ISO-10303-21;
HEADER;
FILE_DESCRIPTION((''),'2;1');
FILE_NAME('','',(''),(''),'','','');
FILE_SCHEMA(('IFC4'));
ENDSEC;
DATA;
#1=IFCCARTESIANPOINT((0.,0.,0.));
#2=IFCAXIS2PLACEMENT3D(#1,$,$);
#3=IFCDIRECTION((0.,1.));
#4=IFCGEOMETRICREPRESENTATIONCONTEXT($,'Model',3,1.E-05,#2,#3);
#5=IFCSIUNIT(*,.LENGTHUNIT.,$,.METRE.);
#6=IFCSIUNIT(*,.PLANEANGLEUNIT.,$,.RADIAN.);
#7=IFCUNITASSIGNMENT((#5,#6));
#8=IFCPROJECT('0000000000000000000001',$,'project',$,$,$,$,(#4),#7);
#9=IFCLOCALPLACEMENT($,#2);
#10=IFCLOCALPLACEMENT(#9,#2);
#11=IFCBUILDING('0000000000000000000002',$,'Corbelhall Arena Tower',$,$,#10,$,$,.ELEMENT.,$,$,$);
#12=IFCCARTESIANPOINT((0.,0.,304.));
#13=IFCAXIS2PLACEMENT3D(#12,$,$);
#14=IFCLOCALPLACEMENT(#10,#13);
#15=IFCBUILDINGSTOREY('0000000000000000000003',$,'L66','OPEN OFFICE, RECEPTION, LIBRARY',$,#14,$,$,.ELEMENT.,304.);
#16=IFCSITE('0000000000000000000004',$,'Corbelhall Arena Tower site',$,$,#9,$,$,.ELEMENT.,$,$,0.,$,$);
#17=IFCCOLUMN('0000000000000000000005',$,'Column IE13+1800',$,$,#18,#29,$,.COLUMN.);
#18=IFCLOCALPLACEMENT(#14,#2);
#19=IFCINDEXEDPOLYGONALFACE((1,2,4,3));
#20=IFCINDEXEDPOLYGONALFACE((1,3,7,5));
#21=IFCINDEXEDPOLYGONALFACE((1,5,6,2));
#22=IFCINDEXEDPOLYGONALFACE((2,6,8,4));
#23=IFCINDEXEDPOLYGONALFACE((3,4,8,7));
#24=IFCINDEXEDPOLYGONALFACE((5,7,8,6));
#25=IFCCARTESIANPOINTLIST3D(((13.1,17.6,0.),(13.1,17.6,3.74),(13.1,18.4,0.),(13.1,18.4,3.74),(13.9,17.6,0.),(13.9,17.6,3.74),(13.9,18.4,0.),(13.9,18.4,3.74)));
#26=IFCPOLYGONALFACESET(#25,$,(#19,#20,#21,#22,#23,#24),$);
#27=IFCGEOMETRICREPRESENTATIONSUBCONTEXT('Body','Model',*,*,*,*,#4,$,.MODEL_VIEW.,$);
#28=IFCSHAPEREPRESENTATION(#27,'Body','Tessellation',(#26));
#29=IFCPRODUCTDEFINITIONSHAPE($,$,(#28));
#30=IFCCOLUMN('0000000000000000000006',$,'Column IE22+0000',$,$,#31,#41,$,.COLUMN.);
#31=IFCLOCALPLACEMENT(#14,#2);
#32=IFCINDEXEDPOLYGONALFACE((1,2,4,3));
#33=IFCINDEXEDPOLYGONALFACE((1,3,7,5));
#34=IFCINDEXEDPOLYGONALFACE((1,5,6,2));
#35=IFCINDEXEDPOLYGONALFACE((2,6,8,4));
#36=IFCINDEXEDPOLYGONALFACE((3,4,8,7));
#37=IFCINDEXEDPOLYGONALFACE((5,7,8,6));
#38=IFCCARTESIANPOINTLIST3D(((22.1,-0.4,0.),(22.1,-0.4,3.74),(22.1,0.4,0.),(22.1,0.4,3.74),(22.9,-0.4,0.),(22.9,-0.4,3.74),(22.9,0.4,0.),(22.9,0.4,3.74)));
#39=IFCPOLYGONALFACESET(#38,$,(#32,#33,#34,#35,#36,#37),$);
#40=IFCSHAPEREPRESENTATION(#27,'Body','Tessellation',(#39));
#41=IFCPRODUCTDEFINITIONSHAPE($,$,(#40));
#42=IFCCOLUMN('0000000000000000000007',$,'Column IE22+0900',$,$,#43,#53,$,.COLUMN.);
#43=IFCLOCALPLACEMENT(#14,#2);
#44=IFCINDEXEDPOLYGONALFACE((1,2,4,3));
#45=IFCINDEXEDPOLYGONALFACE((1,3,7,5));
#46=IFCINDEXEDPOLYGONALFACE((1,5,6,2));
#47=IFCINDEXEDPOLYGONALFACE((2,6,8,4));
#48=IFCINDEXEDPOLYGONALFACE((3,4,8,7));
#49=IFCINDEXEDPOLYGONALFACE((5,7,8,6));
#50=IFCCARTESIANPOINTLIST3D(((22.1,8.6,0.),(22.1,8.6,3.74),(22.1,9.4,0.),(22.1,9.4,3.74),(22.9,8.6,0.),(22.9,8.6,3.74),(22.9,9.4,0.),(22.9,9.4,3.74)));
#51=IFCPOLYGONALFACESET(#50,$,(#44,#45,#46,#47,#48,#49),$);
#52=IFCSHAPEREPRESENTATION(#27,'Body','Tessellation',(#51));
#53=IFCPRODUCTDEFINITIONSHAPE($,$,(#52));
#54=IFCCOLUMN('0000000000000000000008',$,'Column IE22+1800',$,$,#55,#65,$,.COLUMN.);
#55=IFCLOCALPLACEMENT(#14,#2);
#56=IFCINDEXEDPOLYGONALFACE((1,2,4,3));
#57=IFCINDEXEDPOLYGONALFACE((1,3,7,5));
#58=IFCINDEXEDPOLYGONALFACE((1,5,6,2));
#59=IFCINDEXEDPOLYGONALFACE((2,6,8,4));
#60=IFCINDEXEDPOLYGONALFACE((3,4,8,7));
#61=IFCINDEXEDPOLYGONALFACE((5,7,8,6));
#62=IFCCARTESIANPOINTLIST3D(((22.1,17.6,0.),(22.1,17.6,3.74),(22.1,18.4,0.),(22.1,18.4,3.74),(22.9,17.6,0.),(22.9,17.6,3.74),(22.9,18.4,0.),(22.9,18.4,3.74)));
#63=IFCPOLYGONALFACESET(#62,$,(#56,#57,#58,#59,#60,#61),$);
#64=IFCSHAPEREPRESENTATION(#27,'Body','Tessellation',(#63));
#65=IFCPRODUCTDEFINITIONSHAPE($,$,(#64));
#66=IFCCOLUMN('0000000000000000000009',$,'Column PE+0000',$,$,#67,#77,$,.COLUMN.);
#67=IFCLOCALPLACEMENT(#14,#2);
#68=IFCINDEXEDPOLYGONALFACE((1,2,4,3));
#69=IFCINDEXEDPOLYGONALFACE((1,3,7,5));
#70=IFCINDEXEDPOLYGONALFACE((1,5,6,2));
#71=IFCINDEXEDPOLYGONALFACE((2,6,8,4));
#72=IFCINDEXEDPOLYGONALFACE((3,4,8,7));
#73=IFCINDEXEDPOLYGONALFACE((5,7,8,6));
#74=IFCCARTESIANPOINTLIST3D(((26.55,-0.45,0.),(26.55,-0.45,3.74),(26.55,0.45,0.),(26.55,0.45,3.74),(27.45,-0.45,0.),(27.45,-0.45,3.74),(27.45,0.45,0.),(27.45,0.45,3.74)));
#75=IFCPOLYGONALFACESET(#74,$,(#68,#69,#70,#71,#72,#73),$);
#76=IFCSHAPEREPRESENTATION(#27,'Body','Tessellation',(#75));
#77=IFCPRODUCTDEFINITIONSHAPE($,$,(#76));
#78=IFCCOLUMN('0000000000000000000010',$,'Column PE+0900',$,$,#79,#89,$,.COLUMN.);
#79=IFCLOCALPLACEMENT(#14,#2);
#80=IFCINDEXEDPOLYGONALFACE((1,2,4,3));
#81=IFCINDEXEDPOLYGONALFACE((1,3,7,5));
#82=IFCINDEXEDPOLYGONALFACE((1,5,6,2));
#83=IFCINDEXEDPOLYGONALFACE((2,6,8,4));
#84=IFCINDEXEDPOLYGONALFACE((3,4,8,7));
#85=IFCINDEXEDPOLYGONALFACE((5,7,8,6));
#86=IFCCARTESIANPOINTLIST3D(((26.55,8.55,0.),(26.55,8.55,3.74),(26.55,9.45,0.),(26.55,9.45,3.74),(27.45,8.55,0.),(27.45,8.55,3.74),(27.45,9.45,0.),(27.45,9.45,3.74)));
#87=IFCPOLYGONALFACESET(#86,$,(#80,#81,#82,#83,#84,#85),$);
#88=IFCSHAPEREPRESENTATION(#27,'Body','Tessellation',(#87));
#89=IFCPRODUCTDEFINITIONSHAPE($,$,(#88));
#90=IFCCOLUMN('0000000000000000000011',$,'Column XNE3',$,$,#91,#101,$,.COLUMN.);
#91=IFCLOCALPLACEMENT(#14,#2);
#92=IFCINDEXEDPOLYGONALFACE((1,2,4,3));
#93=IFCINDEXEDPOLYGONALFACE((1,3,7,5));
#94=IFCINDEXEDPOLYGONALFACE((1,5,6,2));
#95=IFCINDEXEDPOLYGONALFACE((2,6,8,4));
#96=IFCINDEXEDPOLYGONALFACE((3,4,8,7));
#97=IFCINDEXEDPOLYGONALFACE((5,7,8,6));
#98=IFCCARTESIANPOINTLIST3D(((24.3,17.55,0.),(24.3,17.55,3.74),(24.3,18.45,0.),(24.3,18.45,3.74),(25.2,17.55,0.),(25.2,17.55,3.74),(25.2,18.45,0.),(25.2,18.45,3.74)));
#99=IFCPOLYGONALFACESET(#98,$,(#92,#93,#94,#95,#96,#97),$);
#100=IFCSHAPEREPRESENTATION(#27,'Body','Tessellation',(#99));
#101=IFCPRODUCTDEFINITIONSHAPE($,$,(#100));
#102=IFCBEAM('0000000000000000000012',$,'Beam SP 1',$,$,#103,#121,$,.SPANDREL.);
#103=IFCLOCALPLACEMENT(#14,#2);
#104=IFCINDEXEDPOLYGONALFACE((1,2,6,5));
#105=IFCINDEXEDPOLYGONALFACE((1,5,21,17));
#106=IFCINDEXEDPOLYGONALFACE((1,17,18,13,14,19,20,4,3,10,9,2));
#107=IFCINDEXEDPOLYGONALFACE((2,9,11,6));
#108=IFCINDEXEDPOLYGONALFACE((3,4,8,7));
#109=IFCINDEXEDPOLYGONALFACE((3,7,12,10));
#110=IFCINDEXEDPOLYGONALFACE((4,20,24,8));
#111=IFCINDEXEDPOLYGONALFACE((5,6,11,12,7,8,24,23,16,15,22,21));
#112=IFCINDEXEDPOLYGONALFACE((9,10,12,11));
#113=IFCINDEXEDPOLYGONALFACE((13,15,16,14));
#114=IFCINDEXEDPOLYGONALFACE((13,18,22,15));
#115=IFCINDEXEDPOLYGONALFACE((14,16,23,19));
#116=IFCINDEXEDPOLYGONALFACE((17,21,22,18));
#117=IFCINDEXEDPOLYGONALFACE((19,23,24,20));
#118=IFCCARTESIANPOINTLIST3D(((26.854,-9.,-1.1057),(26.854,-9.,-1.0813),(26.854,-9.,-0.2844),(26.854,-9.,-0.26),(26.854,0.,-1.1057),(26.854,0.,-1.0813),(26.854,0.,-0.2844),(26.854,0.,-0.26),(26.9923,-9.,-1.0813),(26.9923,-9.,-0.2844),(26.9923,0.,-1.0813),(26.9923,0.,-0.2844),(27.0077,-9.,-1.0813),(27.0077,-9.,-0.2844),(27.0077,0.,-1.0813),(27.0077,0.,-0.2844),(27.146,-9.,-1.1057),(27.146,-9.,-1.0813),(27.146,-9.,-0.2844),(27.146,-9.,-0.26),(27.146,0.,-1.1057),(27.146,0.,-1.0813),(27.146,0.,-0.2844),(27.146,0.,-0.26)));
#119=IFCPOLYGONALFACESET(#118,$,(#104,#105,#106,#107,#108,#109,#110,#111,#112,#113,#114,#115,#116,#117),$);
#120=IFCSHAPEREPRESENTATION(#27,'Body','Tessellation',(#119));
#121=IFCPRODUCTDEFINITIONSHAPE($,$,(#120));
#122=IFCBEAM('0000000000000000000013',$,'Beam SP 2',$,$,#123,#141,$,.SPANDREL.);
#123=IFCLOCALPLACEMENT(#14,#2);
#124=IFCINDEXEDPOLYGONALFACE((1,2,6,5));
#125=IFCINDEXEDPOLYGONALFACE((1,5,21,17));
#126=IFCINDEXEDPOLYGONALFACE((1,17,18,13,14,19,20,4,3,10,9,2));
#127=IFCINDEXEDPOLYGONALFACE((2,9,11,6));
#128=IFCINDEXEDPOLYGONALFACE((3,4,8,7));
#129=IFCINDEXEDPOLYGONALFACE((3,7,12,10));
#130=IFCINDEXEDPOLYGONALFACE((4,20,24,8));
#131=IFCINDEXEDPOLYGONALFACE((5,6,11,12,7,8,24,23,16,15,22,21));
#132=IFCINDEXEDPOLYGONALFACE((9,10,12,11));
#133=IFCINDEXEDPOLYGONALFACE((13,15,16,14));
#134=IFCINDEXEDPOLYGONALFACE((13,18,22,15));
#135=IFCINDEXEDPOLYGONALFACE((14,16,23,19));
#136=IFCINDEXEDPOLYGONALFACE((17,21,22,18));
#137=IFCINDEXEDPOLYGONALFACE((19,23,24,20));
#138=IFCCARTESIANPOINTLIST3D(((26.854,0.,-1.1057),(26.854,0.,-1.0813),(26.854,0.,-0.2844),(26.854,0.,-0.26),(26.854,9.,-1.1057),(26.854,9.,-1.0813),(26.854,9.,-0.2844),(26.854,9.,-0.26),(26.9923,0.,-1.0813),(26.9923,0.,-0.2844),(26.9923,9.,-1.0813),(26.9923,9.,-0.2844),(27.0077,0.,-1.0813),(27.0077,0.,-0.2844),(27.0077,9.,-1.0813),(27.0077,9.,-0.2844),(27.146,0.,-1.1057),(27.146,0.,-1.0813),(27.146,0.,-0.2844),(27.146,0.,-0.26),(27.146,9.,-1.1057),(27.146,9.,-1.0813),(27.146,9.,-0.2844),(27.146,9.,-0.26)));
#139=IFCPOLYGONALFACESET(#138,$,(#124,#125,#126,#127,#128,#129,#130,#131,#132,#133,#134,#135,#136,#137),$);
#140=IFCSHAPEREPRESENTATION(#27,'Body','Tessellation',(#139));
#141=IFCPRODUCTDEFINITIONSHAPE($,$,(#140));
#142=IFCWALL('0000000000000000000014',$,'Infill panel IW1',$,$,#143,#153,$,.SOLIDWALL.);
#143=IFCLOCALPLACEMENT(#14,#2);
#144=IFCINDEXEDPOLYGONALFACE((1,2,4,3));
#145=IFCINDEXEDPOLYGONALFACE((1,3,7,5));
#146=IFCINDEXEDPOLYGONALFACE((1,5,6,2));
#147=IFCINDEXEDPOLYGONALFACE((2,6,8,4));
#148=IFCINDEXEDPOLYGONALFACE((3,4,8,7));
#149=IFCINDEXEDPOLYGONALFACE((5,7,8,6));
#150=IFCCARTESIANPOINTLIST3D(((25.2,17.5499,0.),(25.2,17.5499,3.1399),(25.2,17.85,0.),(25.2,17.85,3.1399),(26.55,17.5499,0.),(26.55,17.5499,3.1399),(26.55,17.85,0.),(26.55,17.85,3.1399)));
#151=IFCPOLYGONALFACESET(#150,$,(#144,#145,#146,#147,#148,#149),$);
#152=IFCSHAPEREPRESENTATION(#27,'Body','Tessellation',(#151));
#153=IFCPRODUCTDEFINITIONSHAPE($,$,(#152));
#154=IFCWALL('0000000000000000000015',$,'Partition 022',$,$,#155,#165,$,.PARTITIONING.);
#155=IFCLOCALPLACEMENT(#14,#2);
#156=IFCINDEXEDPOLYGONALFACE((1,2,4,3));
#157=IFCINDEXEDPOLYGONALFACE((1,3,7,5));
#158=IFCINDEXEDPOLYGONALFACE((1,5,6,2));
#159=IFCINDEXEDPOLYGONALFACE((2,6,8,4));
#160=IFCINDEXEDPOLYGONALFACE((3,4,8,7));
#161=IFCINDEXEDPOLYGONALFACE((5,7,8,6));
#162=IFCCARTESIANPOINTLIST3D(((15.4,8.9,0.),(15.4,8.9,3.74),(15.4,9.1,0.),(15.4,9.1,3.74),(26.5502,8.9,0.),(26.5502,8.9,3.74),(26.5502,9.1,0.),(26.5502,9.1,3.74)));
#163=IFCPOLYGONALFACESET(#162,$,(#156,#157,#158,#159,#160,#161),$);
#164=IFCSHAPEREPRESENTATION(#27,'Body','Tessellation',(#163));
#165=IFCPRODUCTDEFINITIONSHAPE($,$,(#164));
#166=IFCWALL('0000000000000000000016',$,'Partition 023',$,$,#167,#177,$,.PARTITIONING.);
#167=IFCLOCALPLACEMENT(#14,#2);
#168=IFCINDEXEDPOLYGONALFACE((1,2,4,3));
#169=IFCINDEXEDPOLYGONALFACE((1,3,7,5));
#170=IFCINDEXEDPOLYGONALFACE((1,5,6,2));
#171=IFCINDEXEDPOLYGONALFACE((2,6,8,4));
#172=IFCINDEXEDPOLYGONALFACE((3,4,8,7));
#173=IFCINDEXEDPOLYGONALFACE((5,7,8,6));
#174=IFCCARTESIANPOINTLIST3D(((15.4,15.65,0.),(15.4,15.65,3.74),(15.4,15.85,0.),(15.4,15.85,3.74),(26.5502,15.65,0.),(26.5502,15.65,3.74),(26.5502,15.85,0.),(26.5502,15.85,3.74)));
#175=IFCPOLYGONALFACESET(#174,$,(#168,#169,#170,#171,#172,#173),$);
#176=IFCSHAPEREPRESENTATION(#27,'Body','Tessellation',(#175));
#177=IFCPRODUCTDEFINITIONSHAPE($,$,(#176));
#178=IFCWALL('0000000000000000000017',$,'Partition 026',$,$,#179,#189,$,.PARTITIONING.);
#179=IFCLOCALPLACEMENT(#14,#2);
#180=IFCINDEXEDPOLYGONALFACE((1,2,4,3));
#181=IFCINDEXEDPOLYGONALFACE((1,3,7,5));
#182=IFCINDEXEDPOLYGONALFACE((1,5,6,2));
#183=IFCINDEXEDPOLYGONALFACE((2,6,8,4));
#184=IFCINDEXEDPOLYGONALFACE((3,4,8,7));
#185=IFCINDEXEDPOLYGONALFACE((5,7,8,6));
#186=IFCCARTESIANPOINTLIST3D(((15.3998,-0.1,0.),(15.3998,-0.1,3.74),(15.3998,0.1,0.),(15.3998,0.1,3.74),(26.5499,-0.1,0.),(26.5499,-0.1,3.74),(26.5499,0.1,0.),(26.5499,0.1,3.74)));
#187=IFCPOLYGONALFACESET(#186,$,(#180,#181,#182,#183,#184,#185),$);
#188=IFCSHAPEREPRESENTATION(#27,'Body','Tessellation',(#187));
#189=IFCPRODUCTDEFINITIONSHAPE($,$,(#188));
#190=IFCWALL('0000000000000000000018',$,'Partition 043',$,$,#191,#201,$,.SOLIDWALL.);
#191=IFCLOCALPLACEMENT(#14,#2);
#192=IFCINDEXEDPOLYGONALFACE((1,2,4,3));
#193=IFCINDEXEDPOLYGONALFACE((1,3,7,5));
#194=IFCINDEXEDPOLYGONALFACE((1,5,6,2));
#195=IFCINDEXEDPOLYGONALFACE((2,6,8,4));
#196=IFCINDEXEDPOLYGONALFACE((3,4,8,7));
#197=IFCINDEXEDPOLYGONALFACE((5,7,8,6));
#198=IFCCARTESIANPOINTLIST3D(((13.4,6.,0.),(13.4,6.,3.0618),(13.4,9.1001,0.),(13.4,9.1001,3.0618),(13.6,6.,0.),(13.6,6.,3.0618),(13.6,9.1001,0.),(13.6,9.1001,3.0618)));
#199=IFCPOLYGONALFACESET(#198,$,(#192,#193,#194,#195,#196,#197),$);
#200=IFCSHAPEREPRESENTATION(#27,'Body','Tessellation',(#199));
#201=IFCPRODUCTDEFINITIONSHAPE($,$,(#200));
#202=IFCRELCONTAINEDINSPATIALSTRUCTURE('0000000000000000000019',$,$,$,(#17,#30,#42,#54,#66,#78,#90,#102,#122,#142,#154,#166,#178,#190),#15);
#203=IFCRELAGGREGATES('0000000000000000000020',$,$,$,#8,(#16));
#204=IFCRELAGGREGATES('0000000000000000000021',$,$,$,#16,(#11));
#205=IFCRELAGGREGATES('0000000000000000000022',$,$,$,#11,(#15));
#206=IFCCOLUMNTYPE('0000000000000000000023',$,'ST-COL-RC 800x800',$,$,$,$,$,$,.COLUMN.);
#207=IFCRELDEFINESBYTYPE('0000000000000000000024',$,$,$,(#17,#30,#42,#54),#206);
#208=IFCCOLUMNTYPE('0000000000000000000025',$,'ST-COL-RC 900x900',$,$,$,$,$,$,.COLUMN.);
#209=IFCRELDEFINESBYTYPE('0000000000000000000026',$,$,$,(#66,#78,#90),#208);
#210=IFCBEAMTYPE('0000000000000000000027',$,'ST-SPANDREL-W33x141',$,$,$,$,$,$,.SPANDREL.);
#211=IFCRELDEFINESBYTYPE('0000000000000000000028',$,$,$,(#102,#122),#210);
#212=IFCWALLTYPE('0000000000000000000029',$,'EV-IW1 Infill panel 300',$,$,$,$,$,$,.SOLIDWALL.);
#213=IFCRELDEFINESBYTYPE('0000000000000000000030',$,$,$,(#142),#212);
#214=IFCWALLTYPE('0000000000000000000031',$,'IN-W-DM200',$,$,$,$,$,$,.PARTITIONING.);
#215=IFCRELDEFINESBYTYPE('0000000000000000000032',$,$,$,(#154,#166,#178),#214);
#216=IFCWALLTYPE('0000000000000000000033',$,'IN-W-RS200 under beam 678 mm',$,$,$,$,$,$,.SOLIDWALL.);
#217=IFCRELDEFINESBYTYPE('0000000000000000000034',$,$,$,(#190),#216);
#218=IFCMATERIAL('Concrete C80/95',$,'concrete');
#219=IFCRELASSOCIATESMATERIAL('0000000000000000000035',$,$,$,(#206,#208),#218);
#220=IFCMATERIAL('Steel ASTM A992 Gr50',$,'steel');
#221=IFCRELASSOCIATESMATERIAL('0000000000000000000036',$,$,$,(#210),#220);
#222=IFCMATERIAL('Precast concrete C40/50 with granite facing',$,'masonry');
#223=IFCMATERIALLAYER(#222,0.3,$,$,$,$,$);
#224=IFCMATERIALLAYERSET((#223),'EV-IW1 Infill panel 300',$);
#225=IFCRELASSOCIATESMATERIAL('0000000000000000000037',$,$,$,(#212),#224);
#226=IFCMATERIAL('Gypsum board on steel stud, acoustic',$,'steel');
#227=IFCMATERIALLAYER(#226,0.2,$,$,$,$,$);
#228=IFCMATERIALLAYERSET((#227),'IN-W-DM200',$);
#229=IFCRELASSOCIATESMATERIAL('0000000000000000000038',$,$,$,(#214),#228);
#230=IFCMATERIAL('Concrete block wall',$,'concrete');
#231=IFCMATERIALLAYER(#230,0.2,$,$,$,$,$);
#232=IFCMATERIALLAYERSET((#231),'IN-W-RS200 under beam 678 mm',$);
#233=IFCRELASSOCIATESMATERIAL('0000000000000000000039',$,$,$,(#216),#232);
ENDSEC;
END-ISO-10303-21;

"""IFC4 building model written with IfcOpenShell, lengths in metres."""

from ifc_helpers import new_model, si_unit, direction, frame, frame_2d, origin, origin_2d, place, context, subcontext, project, spatial, rectangle, i_section, extrude, material, layer, layer_set, material_profile, profile_set, type_object, element, save


model = new_model("IFC4")

# Units and contexts
model_context = context("Model", 3, precision=1e-05, world=origin(), true_north=direction((0.0, 1.0)))
body_context = subcontext(model_context, "Body", "Model", "MODEL_VIEW")
ifc_project = project(units=[si_unit("LENGTHUNIT", "METRE"), si_unit("PLANEANGLEUNIT", "RADIAN")], contexts=[model_context])

# Site, building, storey
site_placement = place(None, origin())
site = spatial("IfcSite", under=ifc_project, at=site_placement, Name="Corbelhall Arena Tower site", CompositionType="ELEMENT", RefElevation=0.0)
building_placement = place(site_placement, origin())
building = spatial("IfcBuilding", under=site, at=building_placement, Name="Corbelhall Arena Tower", CompositionType="ELEMENT")
storey_placement = place(building_placement, frame((0.0, 0.0, 304.0)))
storey = spatial("IfcBuildingStorey", under=building, at=storey_placement, Name="L66", Description="OPEN OFFICE, RECEPTION, LIBRARY", CompositionType="ELEMENT", Elevation=304.0)

# Columns
ifc_material_1 = material(Name="Concrete C80/95", Category="concrete")
ifc_material_profile_1 = material_profile(ifc_material_1, rectangle(XDim=0.8, YDim=0.8, at=origin_2d()))
ifc_profile_set_1 = profile_set([ifc_material_profile_1], Name="Concrete C80/95")
column_type_1 = type_object("IfcColumnType", Name="ST-COL-RC 800x800", PredefinedType="COLUMN", material=ifc_profile_set_1)
for number, where, z_axis, x_axis, name in (
    (1, (13.5, 18.0, 0.0), (0.0, 0.0, 1.0), (1.0, 0.0, 0.0), "Column IE13+1800"),
    (2, (22.5, 0.0, 0.0), (0.0, 0.0, 1.0), (1.0, 0.0, 0.0), "Column IE22+0000"),
    (3, (22.5, 9.0, 0.0), (0.0, 0.0, 1.0), (1.0, 0.0, 0.0), "Column IE22+0900"),
    (4, (22.5, 18.0, 0.0), (0.0, 0.0, 1.0), (1.0, 0.0, 0.0), "Column IE22+1800"),
):
    element("IfcColumn", number, at=place(storey_placement, frame(where, z_axis=z_axis, x_axis=x_axis)), inside=storey, type_object=column_type_1, Name=name, PredefinedType="COLUMN", context=body_context, shape_type="SweptSolid", body=[
        extrude(rectangle(XDim=0.8, YDim=0.8, at=origin_2d()), origin(), (0.0, 0.0, 1.0), 3.74),
    ])
ifc_material_profile_2 = material_profile(ifc_material_1, rectangle(XDim=0.8999, YDim=0.8999, at=origin_2d()))
ifc_profile_set_2 = profile_set([ifc_material_profile_2], Name="Concrete C80/95")
column_type_2 = type_object("IfcColumnType", Name="ST-COL-RC 900x900", PredefinedType="COLUMN", material=ifc_profile_set_2)
for number, where, z_axis, x_axis, name in (
    (5, (27.0, 0.0, 0.0), (0.0, 0.0, 1.0), (0.0, 1.0, 0.0), "Column PE+0000"),
    (6, (27.0, 9.0, 0.0), (0.0, 0.0, 1.0), (0.0, 1.0, 0.0), "Column PE+0900"),
    (7, (24.75, 18.0, 0.0), (0.0, 0.0, 1.0), (1.0, 0.0, 0.0), "Column XNE3"),
):
    element("IfcColumn", number, at=place(storey_placement, frame(where, z_axis=z_axis, x_axis=x_axis)), inside=storey, type_object=column_type_2, Name=name, PredefinedType="COLUMN", context=body_context, shape_type="SweptSolid", body=[
        extrude(rectangle(XDim=0.8999, YDim=0.8999, at=origin_2d()), origin(), (0.0, 0.0, 1.0), 3.74),
    ])

# Beams
ifc_material_2 = material(Name="Steel ASTM A992 Gr50", Category="steel")
ifc_material_profile_3 = material_profile(ifc_material_2, i_section(OverallWidth=0.292, OverallDepth=0.8457, WebThickness=0.0154, FlangeThickness=0.0244, at=origin_2d()))
ifc_profile_set_3 = profile_set([ifc_material_profile_3], Name="Steel ASTM A992 Gr50")
beam_type = type_object("IfcBeamType", Name="ST-SPANDREL-W33x141", PredefinedType="SPANDREL", material=ifc_profile_set_3)
for number, where, z_axis, x_axis, name in (
    (8, (27.0, 0.0, -0.6829), (0.0, -1.0, 0.0), (1.0, 0.0, 0.0), "Beam SP 1"),
    (9, (27.0, 9.0, -0.6829), (0.0, -1.0, 0.0), (1.0, 0.0, 0.0), "Beam SP 2"),
):
    element("IfcBeam", number, at=place(storey_placement, frame(where, z_axis=z_axis, x_axis=x_axis)), inside=storey, type_object=beam_type, Name=name, PredefinedType="SPANDREL", context=body_context, shape_type="SweptSolid", body=[
        extrude(i_section(OverallWidth=0.292, OverallDepth=0.8457, WebThickness=0.0154, FlangeThickness=0.0244, at=origin_2d()), origin(), (0.0, 0.0, 1.0), 9.0),
    ])

# Shared definitions
ifc_material_3 = material(Name="Precast concrete C40/50 with granite facing", Category="masonry")
ifc_layer_1 = layer(ifc_material_3, 0.3)
ifc_layer_set_1 = layer_set([ifc_layer_1], Name="EV-IW1 Infill panel 300")
wall_type_1 = type_object("IfcWallType", Name="EV-IW1 Infill panel 300", PredefinedType="SOLIDWALL", material=ifc_layer_set_1)

# Wall
wall_1_placement = place(storey_placement, frame((26.55, 17.7, 0.0), z_axis=(0.0, 0.0, 1.0), x_axis=(-1.0, 0.0, 0.0)))
element("IfcWall", 10, at=wall_1_placement, inside=storey, type_object=wall_type_1, Name="Infill panel IW1", PredefinedType="SOLIDWALL", context=body_context, shape_type="SweptSolid", body=[
    extrude(rectangle(XDim=1.3501, YDim=0.3, at=frame_2d((0.675, 0.0))), origin(), (0.0, 0.0, 1.0), 3.1399),
])

# Shared definitions
ifc_material_4 = material(Name="Gypsum board on steel stud, acoustic", Category="steel")
ifc_layer_2 = layer(ifc_material_4, 0.2)
ifc_layer_set_2 = layer_set([ifc_layer_2], Name="IN-W-DM200")
wall_type_2 = type_object("IfcWallType", Name="IN-W-DM200", PredefinedType="PARTITIONING", material=ifc_layer_set_2)

# Walls
for number, where, z_axis, x_axis, name in (
    (11, (15.3999, 9.0, 0.0), (0.0, 0.0, 1.0), (1.0, 0.0, 0.0), "Partition 022"),
    (12, (15.3999, 15.75, 0.0), (0.0, 0.0, 1.0), (1.0, 0.0, 0.0), "Partition 023"),
):
    element("IfcWall", number, at=place(storey_placement, frame(where, z_axis=z_axis, x_axis=x_axis)), inside=storey, type_object=wall_type_2, Name=name, PredefinedType="PARTITIONING", context=body_context, shape_type="SweptSolid", body=[
        extrude(rectangle(XDim=11.1501, YDim=0.2, at=frame_2d((5.5752, 0.0))), origin(), (0.0, 0.0, 1.0), 3.74),
    ])

# Walls
wall_2_placement = place(storey_placement, frame((26.55, 0.0, 0.0), z_axis=(0.0, 0.0, 1.0), x_axis=(-1.0, 0.0, 0.0)))
element("IfcWall", 13, at=wall_2_placement, inside=storey, type_object=wall_type_2, Name="Partition 026", PredefinedType="PARTITIONING", context=body_context, shape_type="SweptSolid", body=[
    extrude(rectangle(XDim=11.1501, YDim=0.2, at=frame_2d((5.5752, 0.0))), origin(), (0.0, 0.0, 1.0), 3.74),
])
ifc_material_5 = material(Name="Concrete block wall", Category="concrete")
ifc_layer_3 = layer(ifc_material_5, 0.2)
ifc_layer_set_3 = layer_set([ifc_layer_3], Name="IN-W-RS200 under beam 678 mm")
wall_type_3 = type_object("IfcWallType", Name="IN-W-RS200 under beam 678 mm", PredefinedType="SOLIDWALL", material=ifc_layer_set_3)
wall_3_placement = place(storey_placement, frame((13.5, 9.1001, 0.0), z_axis=(0.0, 0.0, 1.0), x_axis=(0.0, -1.0, 0.0)))
element("IfcWall", 14, at=wall_3_placement, inside=storey, type_object=wall_type_3, Name="Partition 043", PredefinedType="SOLIDWALL", context=body_context, shape_type="SweptSolid", body=[
    extrude(rectangle(XDim=3.1001, YDim=0.2, at=frame_2d((1.55, 0.0))), origin(), (0.0, 0.0, 1.0), 3.0618),
])

save(model, "model.ifc")
